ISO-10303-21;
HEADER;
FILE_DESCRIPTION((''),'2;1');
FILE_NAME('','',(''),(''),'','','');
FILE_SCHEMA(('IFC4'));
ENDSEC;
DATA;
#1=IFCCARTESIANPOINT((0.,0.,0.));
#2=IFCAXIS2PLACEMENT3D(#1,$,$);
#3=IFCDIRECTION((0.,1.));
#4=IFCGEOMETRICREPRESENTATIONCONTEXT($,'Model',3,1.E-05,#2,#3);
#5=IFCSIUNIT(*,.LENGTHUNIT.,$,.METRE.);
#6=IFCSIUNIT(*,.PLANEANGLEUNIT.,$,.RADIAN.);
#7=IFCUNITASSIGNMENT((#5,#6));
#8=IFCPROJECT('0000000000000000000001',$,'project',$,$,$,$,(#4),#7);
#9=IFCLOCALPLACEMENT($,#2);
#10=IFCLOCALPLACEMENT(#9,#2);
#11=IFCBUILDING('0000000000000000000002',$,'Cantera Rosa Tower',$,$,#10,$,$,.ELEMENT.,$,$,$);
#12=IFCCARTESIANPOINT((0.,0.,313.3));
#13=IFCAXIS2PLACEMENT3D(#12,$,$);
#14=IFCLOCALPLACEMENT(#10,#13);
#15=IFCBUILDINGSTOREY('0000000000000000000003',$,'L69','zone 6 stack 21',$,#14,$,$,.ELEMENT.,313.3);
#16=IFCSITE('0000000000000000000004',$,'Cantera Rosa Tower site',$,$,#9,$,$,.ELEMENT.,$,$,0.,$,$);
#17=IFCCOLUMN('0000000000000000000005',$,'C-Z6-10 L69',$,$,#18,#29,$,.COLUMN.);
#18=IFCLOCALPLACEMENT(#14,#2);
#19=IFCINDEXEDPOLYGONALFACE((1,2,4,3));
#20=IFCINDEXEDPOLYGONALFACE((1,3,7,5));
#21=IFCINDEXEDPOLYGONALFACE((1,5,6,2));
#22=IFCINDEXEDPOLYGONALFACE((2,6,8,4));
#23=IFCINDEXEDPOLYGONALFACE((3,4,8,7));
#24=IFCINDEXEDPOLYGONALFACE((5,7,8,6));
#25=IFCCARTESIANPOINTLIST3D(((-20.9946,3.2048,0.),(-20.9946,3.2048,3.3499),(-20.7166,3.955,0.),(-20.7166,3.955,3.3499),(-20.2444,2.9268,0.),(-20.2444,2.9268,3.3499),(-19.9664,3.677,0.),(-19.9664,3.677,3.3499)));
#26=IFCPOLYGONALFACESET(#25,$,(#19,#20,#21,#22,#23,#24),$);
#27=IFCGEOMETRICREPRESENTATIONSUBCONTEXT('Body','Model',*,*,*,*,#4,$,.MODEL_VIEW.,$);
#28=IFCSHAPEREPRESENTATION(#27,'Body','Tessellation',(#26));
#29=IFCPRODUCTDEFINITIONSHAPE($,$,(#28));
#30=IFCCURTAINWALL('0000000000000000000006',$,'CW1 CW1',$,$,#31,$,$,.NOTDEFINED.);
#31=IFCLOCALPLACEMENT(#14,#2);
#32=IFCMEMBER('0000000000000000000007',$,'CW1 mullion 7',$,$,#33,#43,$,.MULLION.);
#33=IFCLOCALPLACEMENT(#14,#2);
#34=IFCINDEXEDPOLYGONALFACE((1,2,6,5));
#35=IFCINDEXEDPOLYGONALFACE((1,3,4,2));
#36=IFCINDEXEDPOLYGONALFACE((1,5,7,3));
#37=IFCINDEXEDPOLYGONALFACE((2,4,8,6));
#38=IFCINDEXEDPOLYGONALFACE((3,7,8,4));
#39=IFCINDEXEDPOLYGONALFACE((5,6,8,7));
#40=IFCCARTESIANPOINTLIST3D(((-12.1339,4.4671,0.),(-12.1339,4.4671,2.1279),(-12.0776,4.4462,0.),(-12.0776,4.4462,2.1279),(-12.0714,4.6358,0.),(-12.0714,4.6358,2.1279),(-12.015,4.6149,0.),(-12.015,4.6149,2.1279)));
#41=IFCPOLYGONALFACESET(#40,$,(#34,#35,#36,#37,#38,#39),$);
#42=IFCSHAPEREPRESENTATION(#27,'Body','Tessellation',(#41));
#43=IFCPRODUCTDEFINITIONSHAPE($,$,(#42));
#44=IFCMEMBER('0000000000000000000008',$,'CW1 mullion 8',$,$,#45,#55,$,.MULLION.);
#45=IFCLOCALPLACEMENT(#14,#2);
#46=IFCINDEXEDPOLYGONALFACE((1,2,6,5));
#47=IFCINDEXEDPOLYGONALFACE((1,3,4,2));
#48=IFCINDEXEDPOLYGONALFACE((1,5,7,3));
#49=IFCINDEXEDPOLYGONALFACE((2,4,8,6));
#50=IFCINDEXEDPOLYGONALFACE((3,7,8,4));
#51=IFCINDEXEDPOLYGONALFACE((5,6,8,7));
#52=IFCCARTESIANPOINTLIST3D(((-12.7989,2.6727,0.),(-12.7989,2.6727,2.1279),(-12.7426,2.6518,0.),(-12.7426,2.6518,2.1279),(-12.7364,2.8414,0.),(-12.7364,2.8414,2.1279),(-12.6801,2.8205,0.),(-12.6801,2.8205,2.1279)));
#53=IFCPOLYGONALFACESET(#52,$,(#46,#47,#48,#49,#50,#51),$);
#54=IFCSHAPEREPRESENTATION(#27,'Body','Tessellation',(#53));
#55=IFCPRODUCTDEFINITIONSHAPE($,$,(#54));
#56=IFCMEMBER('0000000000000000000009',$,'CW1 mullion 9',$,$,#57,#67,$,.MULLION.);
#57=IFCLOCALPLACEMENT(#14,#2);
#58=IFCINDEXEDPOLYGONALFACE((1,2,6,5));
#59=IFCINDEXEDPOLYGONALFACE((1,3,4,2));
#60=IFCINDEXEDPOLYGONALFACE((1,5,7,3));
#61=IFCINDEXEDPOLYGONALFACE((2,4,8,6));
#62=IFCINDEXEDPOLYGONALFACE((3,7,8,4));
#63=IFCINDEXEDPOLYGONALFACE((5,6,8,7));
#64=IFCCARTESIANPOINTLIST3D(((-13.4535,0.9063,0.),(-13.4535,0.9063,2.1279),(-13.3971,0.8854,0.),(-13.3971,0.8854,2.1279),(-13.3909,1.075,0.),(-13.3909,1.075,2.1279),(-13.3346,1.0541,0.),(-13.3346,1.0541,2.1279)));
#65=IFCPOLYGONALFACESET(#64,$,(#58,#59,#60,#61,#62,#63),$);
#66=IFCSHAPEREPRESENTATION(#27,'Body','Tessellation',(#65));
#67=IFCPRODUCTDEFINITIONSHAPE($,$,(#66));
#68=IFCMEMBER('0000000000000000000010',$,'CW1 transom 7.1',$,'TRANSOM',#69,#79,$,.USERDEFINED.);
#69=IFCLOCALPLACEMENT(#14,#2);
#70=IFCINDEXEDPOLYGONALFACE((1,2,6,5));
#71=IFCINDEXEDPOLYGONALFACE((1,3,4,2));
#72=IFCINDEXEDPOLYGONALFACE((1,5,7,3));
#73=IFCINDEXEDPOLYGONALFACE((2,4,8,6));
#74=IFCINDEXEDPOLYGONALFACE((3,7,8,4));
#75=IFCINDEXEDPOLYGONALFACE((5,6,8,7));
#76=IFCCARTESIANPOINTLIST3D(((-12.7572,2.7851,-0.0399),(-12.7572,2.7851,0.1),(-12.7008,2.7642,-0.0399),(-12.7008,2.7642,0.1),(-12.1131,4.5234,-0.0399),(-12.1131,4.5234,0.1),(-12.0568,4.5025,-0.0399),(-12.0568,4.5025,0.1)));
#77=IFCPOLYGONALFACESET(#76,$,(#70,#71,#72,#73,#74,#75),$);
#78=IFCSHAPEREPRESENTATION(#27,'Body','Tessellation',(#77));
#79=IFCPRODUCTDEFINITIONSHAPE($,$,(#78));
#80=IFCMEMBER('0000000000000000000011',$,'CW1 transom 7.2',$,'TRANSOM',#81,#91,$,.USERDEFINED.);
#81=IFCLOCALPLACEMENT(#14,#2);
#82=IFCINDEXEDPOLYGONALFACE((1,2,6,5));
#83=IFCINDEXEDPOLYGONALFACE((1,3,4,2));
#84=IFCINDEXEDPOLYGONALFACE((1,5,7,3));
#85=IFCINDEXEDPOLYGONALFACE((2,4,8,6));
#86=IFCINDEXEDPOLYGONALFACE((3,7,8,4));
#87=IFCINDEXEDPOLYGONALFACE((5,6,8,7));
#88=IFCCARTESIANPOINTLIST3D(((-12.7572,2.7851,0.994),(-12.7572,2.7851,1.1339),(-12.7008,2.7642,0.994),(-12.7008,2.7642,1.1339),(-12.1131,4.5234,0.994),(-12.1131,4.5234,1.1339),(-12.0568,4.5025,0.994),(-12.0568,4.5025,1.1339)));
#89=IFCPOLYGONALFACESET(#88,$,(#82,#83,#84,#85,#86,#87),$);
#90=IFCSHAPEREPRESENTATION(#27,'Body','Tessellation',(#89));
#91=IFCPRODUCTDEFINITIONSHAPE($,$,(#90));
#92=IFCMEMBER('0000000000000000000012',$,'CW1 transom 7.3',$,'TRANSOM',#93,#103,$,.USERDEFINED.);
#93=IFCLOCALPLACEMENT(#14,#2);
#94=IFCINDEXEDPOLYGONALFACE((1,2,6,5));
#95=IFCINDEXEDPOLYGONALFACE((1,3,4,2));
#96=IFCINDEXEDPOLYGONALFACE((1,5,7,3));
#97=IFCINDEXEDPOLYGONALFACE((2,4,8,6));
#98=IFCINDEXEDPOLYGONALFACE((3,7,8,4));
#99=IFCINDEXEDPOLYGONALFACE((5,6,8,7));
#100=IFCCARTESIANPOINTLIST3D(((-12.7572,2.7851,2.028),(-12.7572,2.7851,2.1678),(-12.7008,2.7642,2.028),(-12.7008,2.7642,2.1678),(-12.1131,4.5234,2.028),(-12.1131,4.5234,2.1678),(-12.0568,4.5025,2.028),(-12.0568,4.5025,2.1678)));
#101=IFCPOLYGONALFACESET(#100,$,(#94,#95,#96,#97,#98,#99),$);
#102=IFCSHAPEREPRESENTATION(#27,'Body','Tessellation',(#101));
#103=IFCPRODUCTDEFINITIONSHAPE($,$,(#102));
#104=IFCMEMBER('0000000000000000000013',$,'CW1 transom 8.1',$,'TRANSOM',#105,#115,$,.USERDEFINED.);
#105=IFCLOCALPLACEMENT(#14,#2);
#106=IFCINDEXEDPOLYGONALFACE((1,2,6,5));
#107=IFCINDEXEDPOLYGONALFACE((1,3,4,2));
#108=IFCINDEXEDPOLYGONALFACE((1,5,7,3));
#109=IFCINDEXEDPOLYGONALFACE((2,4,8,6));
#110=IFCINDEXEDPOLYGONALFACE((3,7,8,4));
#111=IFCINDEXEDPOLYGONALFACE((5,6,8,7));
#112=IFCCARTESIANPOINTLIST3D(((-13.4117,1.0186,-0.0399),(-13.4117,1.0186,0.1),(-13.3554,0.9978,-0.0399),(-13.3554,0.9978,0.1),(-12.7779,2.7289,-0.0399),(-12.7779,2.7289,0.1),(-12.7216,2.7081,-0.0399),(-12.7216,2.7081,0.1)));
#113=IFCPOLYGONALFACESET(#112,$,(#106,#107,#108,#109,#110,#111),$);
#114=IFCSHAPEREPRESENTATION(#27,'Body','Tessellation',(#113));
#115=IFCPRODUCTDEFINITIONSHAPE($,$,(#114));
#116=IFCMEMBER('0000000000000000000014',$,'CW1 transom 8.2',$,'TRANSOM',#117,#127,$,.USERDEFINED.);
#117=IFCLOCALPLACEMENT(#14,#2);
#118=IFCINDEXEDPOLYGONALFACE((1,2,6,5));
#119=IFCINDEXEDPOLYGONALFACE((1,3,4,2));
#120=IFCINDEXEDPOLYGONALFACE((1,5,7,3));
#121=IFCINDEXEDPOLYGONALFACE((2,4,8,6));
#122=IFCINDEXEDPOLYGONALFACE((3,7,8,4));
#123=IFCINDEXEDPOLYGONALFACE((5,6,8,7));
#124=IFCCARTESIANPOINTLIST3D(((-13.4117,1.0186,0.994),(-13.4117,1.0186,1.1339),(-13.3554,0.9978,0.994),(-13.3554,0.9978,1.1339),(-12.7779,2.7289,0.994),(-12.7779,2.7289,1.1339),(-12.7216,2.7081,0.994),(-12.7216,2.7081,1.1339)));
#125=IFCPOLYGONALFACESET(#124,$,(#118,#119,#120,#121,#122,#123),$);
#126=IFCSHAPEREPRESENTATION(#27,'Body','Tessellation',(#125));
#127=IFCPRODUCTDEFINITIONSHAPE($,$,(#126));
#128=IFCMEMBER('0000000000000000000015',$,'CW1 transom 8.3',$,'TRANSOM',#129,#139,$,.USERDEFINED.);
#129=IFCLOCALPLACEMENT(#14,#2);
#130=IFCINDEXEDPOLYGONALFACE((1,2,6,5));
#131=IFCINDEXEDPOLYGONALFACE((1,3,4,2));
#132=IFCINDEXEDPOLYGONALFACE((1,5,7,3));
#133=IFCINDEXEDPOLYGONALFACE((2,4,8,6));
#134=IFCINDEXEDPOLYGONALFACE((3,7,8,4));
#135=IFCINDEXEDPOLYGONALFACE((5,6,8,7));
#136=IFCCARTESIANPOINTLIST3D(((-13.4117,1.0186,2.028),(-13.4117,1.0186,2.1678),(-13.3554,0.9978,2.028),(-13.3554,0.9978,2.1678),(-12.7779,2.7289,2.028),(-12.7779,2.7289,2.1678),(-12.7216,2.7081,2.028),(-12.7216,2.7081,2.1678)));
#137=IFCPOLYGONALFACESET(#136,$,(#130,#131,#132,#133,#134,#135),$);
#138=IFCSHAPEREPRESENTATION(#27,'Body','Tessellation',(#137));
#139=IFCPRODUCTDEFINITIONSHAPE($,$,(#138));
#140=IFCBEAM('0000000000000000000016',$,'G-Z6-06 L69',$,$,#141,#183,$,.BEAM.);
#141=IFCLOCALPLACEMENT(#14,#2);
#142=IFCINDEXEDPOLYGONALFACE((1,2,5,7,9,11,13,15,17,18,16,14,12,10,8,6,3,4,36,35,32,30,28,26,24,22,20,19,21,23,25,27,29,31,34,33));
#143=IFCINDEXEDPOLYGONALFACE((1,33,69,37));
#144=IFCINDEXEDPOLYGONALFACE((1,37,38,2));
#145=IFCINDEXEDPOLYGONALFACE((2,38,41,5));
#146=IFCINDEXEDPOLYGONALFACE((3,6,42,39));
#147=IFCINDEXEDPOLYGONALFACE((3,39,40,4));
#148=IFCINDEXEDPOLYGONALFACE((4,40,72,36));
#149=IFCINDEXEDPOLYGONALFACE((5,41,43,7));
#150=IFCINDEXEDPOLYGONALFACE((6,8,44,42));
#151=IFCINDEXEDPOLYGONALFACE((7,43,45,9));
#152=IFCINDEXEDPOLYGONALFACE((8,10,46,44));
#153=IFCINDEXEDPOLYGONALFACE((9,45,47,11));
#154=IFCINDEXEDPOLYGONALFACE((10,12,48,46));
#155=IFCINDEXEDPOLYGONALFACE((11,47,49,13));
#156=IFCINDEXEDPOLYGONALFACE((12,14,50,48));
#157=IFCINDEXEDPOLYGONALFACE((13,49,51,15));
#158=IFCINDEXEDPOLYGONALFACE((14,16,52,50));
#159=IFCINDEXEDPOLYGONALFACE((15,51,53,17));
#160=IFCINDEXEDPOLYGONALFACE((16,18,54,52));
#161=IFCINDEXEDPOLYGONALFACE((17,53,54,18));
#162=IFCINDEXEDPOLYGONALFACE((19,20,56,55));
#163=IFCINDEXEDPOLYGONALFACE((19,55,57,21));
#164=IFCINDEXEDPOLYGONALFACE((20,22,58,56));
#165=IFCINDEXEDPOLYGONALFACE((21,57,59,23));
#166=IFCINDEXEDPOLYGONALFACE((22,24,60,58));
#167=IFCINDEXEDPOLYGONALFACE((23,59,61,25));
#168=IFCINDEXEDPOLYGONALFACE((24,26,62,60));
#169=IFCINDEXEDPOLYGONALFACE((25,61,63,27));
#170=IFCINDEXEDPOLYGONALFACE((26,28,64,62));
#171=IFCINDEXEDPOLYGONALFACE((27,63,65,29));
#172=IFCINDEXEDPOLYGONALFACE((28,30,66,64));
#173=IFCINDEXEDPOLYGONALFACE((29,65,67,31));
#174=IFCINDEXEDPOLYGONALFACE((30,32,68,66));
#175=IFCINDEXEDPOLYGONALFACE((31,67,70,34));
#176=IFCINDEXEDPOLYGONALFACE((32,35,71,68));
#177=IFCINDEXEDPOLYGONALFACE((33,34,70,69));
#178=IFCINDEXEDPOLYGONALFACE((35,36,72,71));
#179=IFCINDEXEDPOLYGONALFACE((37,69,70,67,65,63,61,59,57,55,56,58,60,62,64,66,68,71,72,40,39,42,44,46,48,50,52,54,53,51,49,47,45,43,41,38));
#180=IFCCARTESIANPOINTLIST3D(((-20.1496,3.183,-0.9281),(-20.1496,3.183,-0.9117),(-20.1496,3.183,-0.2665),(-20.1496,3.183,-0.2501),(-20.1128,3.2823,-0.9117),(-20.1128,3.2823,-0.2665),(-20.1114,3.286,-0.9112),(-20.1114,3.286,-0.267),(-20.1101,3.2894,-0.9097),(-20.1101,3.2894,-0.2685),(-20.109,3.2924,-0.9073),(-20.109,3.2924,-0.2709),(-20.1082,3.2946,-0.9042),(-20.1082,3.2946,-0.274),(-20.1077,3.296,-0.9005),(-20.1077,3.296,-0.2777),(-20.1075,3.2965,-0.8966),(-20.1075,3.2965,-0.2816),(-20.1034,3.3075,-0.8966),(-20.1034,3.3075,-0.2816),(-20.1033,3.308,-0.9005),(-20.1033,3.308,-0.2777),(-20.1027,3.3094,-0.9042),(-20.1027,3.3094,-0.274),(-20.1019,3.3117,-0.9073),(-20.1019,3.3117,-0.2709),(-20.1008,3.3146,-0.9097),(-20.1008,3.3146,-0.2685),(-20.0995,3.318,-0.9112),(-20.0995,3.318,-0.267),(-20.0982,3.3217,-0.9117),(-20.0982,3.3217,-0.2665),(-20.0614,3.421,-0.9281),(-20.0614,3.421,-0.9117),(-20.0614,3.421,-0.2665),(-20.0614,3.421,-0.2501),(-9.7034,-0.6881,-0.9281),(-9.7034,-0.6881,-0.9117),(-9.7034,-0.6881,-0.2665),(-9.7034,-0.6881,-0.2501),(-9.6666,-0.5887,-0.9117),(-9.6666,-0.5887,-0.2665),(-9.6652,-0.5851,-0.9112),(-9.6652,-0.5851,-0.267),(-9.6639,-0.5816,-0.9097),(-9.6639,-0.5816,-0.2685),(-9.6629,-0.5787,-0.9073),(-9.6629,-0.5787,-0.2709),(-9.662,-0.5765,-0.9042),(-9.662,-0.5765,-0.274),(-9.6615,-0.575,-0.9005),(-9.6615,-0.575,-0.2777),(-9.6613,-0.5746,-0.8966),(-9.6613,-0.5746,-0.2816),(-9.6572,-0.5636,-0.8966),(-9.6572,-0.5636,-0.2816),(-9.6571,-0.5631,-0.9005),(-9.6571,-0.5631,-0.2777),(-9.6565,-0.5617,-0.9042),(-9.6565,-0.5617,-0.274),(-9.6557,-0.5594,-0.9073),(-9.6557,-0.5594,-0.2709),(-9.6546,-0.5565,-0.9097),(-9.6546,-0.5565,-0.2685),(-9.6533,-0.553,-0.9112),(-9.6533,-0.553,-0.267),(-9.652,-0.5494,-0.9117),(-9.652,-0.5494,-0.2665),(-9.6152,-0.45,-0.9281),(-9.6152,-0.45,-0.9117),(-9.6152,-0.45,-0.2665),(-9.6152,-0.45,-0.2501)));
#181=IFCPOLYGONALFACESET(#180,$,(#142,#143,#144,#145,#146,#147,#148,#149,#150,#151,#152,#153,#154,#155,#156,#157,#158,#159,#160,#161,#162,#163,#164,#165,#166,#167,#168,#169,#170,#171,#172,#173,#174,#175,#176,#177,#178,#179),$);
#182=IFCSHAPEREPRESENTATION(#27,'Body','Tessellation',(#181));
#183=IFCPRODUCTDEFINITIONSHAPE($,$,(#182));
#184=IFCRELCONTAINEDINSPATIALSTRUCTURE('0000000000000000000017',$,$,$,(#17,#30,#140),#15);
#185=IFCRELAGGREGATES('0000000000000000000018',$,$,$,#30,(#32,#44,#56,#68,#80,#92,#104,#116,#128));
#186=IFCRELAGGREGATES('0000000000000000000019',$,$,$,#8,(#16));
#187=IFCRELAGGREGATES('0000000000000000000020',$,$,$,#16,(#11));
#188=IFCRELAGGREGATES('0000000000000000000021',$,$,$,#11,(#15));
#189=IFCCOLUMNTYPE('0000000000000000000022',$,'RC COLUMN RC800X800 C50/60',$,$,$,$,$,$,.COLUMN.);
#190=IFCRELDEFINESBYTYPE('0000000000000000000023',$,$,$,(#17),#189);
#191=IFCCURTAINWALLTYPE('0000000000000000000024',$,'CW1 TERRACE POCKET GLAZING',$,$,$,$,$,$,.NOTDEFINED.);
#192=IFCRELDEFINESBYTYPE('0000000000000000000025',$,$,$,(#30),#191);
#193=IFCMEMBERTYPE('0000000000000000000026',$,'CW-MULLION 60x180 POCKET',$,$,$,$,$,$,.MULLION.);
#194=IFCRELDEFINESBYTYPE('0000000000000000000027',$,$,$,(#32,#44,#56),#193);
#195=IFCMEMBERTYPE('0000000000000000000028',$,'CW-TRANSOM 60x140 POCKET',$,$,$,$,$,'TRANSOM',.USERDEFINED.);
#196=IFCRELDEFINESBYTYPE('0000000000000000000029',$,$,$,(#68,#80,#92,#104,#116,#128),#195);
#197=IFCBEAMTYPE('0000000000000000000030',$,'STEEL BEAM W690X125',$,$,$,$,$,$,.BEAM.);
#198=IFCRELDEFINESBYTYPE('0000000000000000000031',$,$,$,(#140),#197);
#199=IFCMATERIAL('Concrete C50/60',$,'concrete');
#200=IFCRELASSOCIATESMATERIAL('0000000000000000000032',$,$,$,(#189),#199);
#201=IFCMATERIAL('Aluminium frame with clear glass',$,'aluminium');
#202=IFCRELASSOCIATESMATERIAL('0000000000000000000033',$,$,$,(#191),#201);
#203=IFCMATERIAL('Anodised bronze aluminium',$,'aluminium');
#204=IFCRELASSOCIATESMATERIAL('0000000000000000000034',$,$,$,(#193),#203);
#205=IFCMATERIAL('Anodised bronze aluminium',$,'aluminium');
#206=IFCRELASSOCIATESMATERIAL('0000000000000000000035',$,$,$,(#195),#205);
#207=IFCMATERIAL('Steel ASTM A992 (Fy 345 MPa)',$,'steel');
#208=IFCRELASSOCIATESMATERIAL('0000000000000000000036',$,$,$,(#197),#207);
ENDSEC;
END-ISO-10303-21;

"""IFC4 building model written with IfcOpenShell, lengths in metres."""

from ifc_helpers import new_model, si_unit, direction, frame, origin, origin_2d, place, context, subcontext, project, spatial, rectangle, i_section, extrude, material, material_profile, profile_set, type_object, element, aggregate, save


model = new_model("IFC4")

# Units and contexts
model_context = context("Model", 3, precision=1e-05, world=origin(), true_north=direction((0.0, 1.0)))
body_context = subcontext(model_context, "Body", "Model", "MODEL_VIEW")
ifc_project = project(units=[si_unit("LENGTHUNIT", "METRE"), si_unit("PLANEANGLEUNIT", "RADIAN")], contexts=[model_context])

# Site, building, storey
site_placement = place(None, origin())
site = spatial("IfcSite", under=ifc_project, at=site_placement, Name="Cantera Rosa Tower site", CompositionType="ELEMENT", RefElevation=0.0)
building_placement = place(site_placement, origin())
building = spatial("IfcBuilding", under=site, at=building_placement, Name="Cantera Rosa Tower", CompositionType="ELEMENT")
storey_placement = place(building_placement, frame((0.0, 0.0, 313.3)))
storey = spatial("IfcBuildingStorey", under=building, at=storey_placement, Name="L69", Description="zone 6 stack 21", CompositionType="ELEMENT", Elevation=313.3)

# Column
ifc_material_1 = material(Name="Concrete C50/60", Category="concrete")
ifc_material_profile_1 = material_profile(ifc_material_1, rectangle(XDim=0.8, YDim=0.8, at=origin_2d()), Name="RC COLUMN RC800X800 C50/60")
ifc_profile_set_1 = profile_set([ifc_material_profile_1], Name="Concrete C50/60")
column_type = type_object("IfcColumnType", Name="RC COLUMN RC800X800 C50/60", PredefinedType="COLUMN", material=ifc_profile_set_1)
column_placement = place(storey_placement, frame((-20.4805, 3.4409, 0.0), z_axis=(0.0, 0.0, 1.0), x_axis=(0.347481, 0.937687, 0.0)))
element("IfcColumn", 1, at=column_placement, inside=storey, type_object=column_type, Name="C-Z6-10 L69", PredefinedType="COLUMN", context=body_context, shape_type="SweptSolid", body=[
    extrude(rectangle(XDim=0.8, YDim=0.8, at=origin_2d()), origin(), (0.0, 0.0, 1.0), 3.3499),
])

# Curtain wall, members
ifc_material_2 = material(Name="Aluminium frame with clear glass", Category="aluminium")
curtain_wall_type = type_object("IfcCurtainWallType", Name="CW1 TERRACE POCKET GLAZING", PredefinedType="NOTDEFINED", material=ifc_material_2)
curtain_wall_placement = place(storey_placement, origin())
curtain_wall = element("IfcCurtainWall", 2, at=curtain_wall_placement, inside=storey, type_object=curtain_wall_type, Name="CW1 CW1", PredefinedType="NOTDEFINED")
ifc_material_3 = material(Name="Anodised bronze aluminium", Category="aluminium")
ifc_material_profile_2 = material_profile(ifc_material_3, rectangle(XDim=0.0601, YDim=0.1799, at=origin_2d()), Name="CW-MULLION 60x180 POCKET")
ifc_profile_set_2 = profile_set([ifc_material_profile_2], Name="Anodised bronze aluminium")
member_type_1 = type_object("IfcMemberType", Name="CW-MULLION 60x180 POCKET", PredefinedType="MULLION", material=ifc_profile_set_2)
member_1_placement = place(storey_placement, frame((-12.0745, 4.541, 0.0), z_axis=(0.0, 0.0, 1.0), x_axis=(0.937687, -0.347481, 0.0)))
member_1 = element("IfcMember", 3, at=member_1_placement, type_object=member_type_1, Name="CW1 mullion 7", PredefinedType="MULLION", context=body_context, shape_type="SweptSolid", body=[
    extrude(rectangle(XDim=0.0601, YDim=0.1799, at=origin_2d()), origin(), (0.0, 0.0, 1.0), 2.1279),
])
member_2_placement = place(storey_placement, frame((-12.7395, 2.7466, 0.0), z_axis=(0.0, 0.0, 1.0), x_axis=(0.937687, -0.347481, 0.0)))
member_2 = element("IfcMember", 4, at=member_2_placement, type_object=member_type_1, Name="CW1 mullion 8", PredefinedType="MULLION", context=body_context, shape_type="SweptSolid", body=[
    extrude(rectangle(XDim=0.0601, YDim=0.1799, at=origin_2d()), origin(), (0.0, 0.0, 1.0), 2.1279),
])
member_3_placement = place(storey_placement, frame((-13.394, 0.9802, 0.0), z_axis=(0.0, 0.0, 1.0), x_axis=(0.937687, -0.347481, 0.0)))
member_3 = element("IfcMember", 5, at=member_3_placement, type_object=member_type_1, Name="CW1 mullion 9", PredefinedType="MULLION", context=body_context, shape_type="SweptSolid", body=[
    extrude(rectangle(XDim=0.0601, YDim=0.1799, at=origin_2d()), origin(), (0.0, 0.0, 1.0), 2.1279),
])
ifc_material_4 = material(Name="Anodised bronze aluminium", Category="aluminium")
ifc_material_profile_3 = material_profile(ifc_material_4, rectangle(XDim=0.0601, YDim=0.1399, at=origin_2d()), Name="CW-TRANSOM 60x140 POCKET")
ifc_profile_set_3 = profile_set([ifc_material_profile_3], Name="Anodised bronze aluminium")
member_type_2 = type_object("IfcMemberType", Name="CW-TRANSOM 60x140 POCKET", ElementType="TRANSOM", PredefinedType="USERDEFINED", material=ifc_profile_set_3)
member_4_placement = place(storey_placement, frame((-12.085, 4.5129, 0.03), z_axis=(-0.347426, -0.937707, 0.0), x_axis=(0.937707, -0.347426, 0.0)))
member_4 = element("IfcMember", 6, at=member_4_placement, type_object=member_type_2, Name="CW1 transom 7.1", ObjectType="TRANSOM", PredefinedType="USERDEFINED", context=body_context, shape_type="SweptSolid", body=[
    extrude(rectangle(XDim=0.0601, YDim=0.1399, at=origin_2d()), origin(), (0.0, 0.0, 1.0), 1.8538),
])
member_5_placement = place(storey_placement, frame((-12.085, 4.5129, 1.064), z_axis=(-0.347426, -0.937707, 0.0), x_axis=(0.937707, -0.347426, 0.0)))
member_5 = element("IfcMember", 7, at=member_5_placement, type_object=member_type_2, Name="CW1 transom 7.2", ObjectType="TRANSOM", PredefinedType="USERDEFINED", context=body_context, shape_type="SweptSolid", body=[
    extrude(rectangle(XDim=0.0601, YDim=0.1399, at=origin_2d()), origin(), (0.0, 0.0, 1.0), 1.8538),
])
member_6_placement = place(storey_placement, frame((-12.085, 4.5129, 2.0979), z_axis=(-0.347426, -0.937707, 0.0), x_axis=(0.937707, -0.347426, 0.0)))
member_6 = element("IfcMember", 8, at=member_6_placement, type_object=member_type_2, Name="CW1 transom 7.3", ObjectType="TRANSOM", PredefinedType="USERDEFINED", context=body_context, shape_type="SweptSolid", body=[
    extrude(rectangle(XDim=0.0601, YDim=0.1399, at=origin_2d()), origin(), (0.0, 0.0, 1.0), 1.8538),
])
member_7_placement = place(storey_placement, frame((-12.7498, 2.7185, 0.03), z_axis=(-0.347497, -0.937681, 0.0), x_axis=(0.937681, -0.347497, 0.0)))
member_7 = element("IfcMember", 9, at=member_7_placement, type_object=member_type_2, Name="CW1 transom 8.1", ObjectType="TRANSOM", PredefinedType="USERDEFINED", context=body_context, shape_type="SweptSolid", body=[
    extrude(rectangle(XDim=0.0601, YDim=0.1399, at=origin_2d()), origin(), (0.0, 0.0, 1.0), 1.824),
])
member_8_placement = place(storey_placement, frame((-12.7498, 2.7185, 1.064), z_axis=(-0.347497, -0.937681, 0.0), x_axis=(0.937681, -0.347497, 0.0)))
member_8 = element("IfcMember", 10, at=member_8_placement, type_object=member_type_2, Name="CW1 transom 8.2", ObjectType="TRANSOM", PredefinedType="USERDEFINED", context=body_context, shape_type="SweptSolid", body=[
    extrude(rectangle(XDim=0.0601, YDim=0.1399, at=origin_2d()), origin(), (0.0, 0.0, 1.0), 1.824),
])
member_9_placement = place(storey_placement, frame((-12.7498, 2.7185, 2.0979), z_axis=(-0.347497, -0.937681, 0.0), x_axis=(0.937681, -0.347497, 0.0)))
member_9 = element("IfcMember", 11, at=member_9_placement, type_object=member_type_2, Name="CW1 transom 8.3", ObjectType="TRANSOM", PredefinedType="USERDEFINED", context=body_context, shape_type="SweptSolid", body=[
    extrude(rectangle(XDim=0.0601, YDim=0.1399, at=origin_2d()), origin(), (0.0, 0.0, 1.0), 1.824),
])

# Beam
ifc_material_5 = material(Name="Steel ASTM A992 (Fy 345 MPa)", Category="steel")
ifc_material_profile_4 = material_profile(ifc_material_5, i_section(OverallWidth=0.2539, OverallDepth=0.678, WebThickness=0.0117, FlangeThickness=0.0164, FilletRadius=0.0151, at=origin_2d()), Name="W690X125")
ifc_profile_set_4 = profile_set([ifc_material_profile_4], Name="Steel ASTM A992 (Fy 345 MPa)")
beam_type_1 = type_object("IfcBeamType", Name="STEEL BEAM W690X125", PredefinedType="BEAM", material=ifc_profile_set_4)
beam_1_placement = place(storey_placement, frame((-20.1055, 3.302, -0.5891), z_axis=(0.937687, -0.34748, 0.0), x_axis=(0.34748, 0.937687, 0.0)))
element("IfcBeam", 12, at=beam_1_placement, inside=storey, type_object=beam_type_1, Name="G-Z6-06 L69", PredefinedType="BEAM", context=body_context, shape_type="SweptSolid", body=[
    extrude(i_section(OverallWidth=0.2539, OverallDepth=0.678, WebThickness=0.0117, FlangeThickness=0.0164, FilletRadius=0.0151, at=origin_2d()), origin(), (0.0, 0.0, 1.0), 11.1404),
])

aggregate(curtain_wall, [member_1, member_2, member_3, member_4, member_5, member_6, member_7, member_8, member_9])

save(model, "model.ifc")
